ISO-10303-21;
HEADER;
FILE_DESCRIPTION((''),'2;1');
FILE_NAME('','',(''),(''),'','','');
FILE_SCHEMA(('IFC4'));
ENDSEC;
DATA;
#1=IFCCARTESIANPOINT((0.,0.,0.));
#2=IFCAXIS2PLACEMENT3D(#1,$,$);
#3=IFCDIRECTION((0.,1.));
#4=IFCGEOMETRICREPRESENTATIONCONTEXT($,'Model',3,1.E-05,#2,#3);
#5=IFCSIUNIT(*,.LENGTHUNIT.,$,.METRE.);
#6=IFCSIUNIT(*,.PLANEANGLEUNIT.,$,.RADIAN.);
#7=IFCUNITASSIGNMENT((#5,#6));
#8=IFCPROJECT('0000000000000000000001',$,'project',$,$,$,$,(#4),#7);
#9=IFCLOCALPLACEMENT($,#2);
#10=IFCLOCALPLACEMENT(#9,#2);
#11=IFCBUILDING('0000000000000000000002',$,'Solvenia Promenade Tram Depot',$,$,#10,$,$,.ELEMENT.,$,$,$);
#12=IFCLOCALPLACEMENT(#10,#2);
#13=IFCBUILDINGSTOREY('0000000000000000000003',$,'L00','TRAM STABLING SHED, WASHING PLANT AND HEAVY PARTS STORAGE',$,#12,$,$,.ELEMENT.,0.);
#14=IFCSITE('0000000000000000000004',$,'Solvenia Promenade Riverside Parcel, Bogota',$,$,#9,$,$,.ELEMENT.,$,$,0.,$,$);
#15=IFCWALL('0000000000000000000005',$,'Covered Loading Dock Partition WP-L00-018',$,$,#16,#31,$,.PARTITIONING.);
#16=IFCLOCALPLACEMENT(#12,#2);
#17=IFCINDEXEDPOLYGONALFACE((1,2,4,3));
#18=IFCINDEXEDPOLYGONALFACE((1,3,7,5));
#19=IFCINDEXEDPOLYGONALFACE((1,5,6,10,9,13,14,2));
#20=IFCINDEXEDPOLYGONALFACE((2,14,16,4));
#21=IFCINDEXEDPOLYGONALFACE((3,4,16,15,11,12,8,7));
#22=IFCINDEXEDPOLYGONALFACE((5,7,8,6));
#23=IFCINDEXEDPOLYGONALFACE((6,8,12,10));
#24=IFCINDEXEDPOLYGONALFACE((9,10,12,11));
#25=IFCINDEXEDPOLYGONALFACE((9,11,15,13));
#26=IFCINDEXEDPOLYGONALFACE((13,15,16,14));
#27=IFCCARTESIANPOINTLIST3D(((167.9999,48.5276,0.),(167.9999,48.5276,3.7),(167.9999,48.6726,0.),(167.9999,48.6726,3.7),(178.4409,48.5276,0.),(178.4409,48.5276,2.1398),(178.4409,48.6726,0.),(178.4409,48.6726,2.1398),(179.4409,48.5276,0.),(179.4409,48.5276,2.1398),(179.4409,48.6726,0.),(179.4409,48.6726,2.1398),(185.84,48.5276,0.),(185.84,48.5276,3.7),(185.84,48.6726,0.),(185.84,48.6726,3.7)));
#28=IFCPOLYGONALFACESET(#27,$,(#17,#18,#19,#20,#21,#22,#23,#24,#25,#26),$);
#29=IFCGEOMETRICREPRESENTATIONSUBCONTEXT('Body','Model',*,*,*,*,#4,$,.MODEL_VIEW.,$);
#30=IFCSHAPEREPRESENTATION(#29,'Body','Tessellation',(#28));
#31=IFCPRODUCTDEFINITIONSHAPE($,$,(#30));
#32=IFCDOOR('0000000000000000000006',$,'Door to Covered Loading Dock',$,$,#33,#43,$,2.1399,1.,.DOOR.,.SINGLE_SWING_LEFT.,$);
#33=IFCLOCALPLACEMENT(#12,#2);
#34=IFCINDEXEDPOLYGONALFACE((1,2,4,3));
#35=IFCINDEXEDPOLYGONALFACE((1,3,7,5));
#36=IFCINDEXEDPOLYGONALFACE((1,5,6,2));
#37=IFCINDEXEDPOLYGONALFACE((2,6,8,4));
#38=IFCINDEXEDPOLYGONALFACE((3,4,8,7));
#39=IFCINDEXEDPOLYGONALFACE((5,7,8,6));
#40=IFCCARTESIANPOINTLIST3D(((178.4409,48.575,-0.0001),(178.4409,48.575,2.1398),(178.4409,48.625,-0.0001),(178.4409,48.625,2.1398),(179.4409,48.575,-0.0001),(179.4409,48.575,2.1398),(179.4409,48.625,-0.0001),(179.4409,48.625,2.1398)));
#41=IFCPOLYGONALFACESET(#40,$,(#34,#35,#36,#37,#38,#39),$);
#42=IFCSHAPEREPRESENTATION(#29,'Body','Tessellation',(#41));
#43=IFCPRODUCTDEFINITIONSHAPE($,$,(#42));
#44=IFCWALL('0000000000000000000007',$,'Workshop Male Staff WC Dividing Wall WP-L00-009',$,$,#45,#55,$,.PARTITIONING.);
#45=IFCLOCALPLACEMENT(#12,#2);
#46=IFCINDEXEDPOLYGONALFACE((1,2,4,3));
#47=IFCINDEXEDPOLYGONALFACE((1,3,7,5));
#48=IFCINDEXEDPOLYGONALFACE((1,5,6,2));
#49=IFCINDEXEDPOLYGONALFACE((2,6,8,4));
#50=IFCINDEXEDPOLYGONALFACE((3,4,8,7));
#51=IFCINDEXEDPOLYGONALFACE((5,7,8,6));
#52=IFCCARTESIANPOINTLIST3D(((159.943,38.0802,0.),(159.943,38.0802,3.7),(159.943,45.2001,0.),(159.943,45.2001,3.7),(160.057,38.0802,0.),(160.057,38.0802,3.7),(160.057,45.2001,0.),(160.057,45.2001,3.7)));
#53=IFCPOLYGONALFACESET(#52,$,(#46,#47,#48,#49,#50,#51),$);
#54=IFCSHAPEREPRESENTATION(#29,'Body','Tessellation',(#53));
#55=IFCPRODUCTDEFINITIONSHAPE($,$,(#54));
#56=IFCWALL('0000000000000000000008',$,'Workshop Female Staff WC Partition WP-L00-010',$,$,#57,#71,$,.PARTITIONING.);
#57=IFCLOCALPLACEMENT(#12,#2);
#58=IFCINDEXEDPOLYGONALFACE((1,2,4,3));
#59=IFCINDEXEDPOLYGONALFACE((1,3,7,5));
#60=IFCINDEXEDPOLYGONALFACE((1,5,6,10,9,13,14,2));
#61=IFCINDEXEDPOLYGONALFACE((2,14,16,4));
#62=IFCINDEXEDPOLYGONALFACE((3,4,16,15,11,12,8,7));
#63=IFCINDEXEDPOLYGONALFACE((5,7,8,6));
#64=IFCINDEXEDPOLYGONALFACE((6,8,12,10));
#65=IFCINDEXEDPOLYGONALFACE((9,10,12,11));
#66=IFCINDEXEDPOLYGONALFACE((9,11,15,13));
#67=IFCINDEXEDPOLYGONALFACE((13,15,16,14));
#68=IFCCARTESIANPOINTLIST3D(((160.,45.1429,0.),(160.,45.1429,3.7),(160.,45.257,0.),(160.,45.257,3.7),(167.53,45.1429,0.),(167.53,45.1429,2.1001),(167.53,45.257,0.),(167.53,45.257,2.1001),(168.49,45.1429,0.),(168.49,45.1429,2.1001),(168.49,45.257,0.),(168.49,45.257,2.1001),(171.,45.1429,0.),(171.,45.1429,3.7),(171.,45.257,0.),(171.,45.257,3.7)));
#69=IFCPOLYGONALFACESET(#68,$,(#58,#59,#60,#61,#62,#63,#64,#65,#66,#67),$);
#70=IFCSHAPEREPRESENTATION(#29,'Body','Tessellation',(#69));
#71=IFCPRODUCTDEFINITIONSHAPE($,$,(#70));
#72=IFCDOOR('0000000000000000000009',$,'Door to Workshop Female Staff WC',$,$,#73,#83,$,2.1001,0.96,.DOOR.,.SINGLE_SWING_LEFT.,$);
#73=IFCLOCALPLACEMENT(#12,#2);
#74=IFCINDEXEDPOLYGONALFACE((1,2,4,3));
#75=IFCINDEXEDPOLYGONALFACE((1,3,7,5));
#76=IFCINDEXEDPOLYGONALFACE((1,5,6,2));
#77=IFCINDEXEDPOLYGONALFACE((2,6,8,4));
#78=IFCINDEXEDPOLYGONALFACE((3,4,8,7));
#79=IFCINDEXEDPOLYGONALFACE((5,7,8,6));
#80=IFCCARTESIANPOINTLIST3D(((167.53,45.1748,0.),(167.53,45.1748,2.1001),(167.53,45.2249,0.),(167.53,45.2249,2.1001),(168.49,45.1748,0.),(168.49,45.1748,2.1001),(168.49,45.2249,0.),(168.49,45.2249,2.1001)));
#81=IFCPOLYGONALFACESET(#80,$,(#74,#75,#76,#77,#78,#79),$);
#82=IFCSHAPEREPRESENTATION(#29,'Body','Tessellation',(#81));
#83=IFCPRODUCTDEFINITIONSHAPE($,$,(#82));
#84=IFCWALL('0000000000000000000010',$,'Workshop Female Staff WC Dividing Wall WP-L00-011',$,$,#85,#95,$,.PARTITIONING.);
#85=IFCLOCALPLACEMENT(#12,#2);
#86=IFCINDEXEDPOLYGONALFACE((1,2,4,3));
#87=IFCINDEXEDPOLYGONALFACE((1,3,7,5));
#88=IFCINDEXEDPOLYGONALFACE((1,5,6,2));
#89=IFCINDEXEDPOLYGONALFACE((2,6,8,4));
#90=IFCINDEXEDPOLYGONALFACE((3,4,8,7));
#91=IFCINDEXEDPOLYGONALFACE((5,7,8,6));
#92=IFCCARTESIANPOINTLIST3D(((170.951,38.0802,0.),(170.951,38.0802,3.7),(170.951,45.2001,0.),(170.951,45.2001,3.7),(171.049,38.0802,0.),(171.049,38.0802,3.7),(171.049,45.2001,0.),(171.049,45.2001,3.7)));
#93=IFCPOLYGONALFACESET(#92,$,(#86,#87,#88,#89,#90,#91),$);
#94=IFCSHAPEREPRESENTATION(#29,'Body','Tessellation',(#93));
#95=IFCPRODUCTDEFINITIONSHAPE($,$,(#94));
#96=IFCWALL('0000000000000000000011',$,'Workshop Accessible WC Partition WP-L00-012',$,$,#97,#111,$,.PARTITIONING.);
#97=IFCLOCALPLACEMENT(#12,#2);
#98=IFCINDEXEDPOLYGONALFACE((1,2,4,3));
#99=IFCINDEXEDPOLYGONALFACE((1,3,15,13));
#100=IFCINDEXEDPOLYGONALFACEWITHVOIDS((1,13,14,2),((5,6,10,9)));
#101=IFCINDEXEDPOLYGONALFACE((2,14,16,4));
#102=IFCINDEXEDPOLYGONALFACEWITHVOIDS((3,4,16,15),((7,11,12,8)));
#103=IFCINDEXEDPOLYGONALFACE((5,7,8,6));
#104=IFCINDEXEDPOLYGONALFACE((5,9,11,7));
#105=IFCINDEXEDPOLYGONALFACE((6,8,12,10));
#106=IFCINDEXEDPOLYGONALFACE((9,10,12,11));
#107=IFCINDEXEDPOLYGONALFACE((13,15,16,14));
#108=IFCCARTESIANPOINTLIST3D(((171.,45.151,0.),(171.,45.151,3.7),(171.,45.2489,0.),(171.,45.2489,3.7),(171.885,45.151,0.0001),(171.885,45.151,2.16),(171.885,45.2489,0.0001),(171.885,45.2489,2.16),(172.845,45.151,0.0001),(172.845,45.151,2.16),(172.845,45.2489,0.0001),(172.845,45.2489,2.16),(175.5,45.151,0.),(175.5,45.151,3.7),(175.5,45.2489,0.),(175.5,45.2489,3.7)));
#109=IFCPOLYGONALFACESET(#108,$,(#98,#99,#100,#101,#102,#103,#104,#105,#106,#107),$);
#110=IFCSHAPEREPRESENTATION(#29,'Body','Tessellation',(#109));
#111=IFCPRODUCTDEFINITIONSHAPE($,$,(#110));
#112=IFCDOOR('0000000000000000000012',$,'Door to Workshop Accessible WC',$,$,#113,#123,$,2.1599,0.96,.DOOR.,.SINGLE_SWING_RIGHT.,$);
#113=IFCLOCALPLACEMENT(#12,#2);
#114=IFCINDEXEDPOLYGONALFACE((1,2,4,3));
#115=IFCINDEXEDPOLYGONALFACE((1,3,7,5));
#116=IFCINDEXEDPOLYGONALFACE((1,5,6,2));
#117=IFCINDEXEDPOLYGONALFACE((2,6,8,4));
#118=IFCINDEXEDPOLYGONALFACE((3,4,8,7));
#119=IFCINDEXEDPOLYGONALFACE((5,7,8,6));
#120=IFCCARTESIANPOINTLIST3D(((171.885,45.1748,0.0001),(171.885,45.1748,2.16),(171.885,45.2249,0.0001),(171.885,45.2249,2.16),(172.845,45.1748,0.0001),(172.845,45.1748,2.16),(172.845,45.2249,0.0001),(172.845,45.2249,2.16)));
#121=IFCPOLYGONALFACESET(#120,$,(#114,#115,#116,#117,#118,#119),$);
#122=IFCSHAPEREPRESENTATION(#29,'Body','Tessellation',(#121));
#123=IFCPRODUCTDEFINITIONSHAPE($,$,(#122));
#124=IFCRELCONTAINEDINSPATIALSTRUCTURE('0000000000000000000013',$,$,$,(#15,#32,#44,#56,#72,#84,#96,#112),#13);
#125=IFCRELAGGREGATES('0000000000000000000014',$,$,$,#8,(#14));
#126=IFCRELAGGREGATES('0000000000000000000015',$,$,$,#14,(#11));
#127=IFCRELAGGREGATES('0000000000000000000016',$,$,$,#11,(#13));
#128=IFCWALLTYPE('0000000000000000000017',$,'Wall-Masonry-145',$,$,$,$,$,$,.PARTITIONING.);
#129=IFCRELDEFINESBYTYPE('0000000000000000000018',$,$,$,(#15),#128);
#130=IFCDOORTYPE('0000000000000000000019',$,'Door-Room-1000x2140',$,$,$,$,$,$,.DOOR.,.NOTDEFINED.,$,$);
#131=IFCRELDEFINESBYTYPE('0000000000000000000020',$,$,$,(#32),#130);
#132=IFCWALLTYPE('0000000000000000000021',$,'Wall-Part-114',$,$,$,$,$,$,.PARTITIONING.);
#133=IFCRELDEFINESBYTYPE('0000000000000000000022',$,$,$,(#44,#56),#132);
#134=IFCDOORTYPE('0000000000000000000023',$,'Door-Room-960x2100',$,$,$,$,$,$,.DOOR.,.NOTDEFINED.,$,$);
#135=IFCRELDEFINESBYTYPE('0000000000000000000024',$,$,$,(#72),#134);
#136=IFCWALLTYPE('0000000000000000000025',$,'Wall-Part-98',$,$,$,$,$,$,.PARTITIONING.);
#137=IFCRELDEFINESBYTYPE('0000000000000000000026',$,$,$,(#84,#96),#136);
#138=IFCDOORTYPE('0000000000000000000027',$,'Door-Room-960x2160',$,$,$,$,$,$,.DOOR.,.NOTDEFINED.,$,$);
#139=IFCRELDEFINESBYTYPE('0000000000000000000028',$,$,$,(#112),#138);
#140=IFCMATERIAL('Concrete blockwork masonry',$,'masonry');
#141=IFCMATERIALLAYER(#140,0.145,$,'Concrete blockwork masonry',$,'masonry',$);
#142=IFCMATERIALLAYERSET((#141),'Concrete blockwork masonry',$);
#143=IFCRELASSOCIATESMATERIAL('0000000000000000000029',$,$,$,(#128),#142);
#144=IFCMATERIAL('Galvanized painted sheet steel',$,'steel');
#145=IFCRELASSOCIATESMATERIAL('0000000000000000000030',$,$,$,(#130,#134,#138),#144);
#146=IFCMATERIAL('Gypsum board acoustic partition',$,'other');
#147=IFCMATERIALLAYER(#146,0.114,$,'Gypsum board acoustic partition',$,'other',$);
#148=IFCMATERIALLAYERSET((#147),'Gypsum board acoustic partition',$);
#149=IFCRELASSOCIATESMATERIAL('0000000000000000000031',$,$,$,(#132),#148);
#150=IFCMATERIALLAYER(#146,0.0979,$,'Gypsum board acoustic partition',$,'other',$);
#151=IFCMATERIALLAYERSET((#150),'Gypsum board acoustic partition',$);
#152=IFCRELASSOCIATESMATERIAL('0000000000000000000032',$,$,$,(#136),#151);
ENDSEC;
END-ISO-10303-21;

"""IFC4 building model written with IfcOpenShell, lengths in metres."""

from ifc_helpers import new_model, si_unit, direction, frame, frame_2d, origin, place, context, subcontext, project, spatial, rectangle, extrude, material, layer, layer_set, type_object, element, fill, save


model = new_model("IFC4")

# Units and contexts
model_context = context("Model", 3, precision=1e-05, world=origin(), true_north=direction((0.0, 1.0)))
body_context = subcontext(model_context, "Body", "Model", "MODEL_VIEW")
ifc_project = project(units=[si_unit("LENGTHUNIT", "METRE"), si_unit("PLANEANGLEUNIT", "RADIAN")], contexts=[model_context])

# Site, building, storey
site_placement = place(None, origin())
site = spatial("IfcSite", under=ifc_project, at=site_placement, Name="Solvenia Promenade Riverside Parcel, Bogota", CompositionType="ELEMENT", RefElevation=0.0)
building_placement = place(site_placement, origin())
building = spatial("IfcBuilding", under=site, at=building_placement, Name="Solvenia Promenade Tram Depot", CompositionType="ELEMENT")
storey_placement = place(building_placement, origin())
storey = spatial("IfcBuildingStorey", under=building, at=storey_placement, Name="L00", Description="TRAM STABLING SHED, WASHING PLANT AND HEAVY PARTS STORAGE", CompositionType="ELEMENT", Elevation=0.0)

# Shared definitions
ifc_material_1 = material(Name="Concrete blockwork masonry", Category="masonry")

# Wall, opening, door
ifc_layer_1 = layer(ifc_material_1, 0.145, Name="Concrete blockwork masonry", Category="masonry")
ifc_layer_set_1 = layer_set([ifc_layer_1], Name="Concrete blockwork masonry")
wall_type_1 = type_object("IfcWallType", Name="Wall-Masonry-145", PredefinedType="PARTITIONING", material=ifc_layer_set_1)
wall_1_placement = place(storey_placement, frame((168.0, 48.6001, 0.0), z_axis=(0.0, 0.0, 1.0), x_axis=(1.0, 0.0, 0.0)))
wall_1 = element("IfcWall", 1, at=wall_1_placement, inside=storey, type_object=wall_type_1, Name="Covered Loading Dock Partition WP-L00-018", PredefinedType="PARTITIONING", context=body_context, shape_type="SweptSolid", body=[
    extrude(rectangle(XDim=17.8401, YDim=0.145, at=frame_2d((8.9199, 0.0))), origin(), (0.0, 0.0, 1.0), 3.7),
])
opening_1_placement = place(wall_1_placement, frame((10.4409, 0.0, 0.0)))
opening_1 = element("IfcOpeningElement", 2, at=opening_1_placement, cuts=wall_1, PredefinedType="OPENING", context=body_context, shape_type="SweptSolid", body=[
    extrude(rectangle(XDim=1.0, YDim=2.1399, at=frame_2d((0.5, 1.0698))), frame((0.0, 0.0825, 0.0), z_axis=(0.0, -1.0, 0.0), x_axis=(1.0, 0.0, 0.0)), (0.0, 0.0, 1.0), 0.165),
])
ifc_material_2 = material(Name="Galvanized painted sheet steel", Category="steel")
door_type_1 = type_object("IfcDoorType", Name="Door-Room-1000x2140", OperationType="NOTDEFINED", PredefinedType="DOOR", material=ifc_material_2)
door_1_placement = place(opening_1_placement, origin())
door_1 = element("IfcDoor", 3, at=door_1_placement, inside=storey, type_object=door_type_1, Name="Door to Covered Loading Dock", OperationType="SINGLE_SWING_LEFT", OverallHeight=2.1399, OverallWidth=1.0, PredefinedType="DOOR", context=body_context, shape_type="SweptSolid", body=[
    extrude(rectangle(XDim=1.0, YDim=2.1399, at=frame_2d((0.5, 1.0698))), frame((0.0, 0.0249, 0.0), z_axis=(0.0, -1.0, 0.0), x_axis=(1.0, 0.0, 0.0)), (0.0, 0.0, 1.0), 0.05),
])
fill(opening_1, door_1)

# Wall
ifc_material_3 = material(Name="Gypsum board acoustic partition", Category="other")
ifc_layer_2 = layer(ifc_material_3, 0.114, Name="Gypsum board acoustic partition", Category="other")
ifc_layer_set_2 = layer_set([ifc_layer_2], Name="Gypsum board acoustic partition")
wall_type_2 = type_object("IfcWallType", Name="Wall-Part-114", PredefinedType="PARTITIONING", material=ifc_layer_set_2)
wall_2_placement = place(storey_placement, frame((160.0, 38.0801, 0.0), z_axis=(0.0, 0.0, 1.0), x_axis=(0.0, 1.0, 0.0)))
element("IfcWall", 4, at=wall_2_placement, inside=storey, type_object=wall_type_2, Name="Workshop Male Staff WC Dividing Wall WP-L00-009", PredefinedType="PARTITIONING", context=body_context, shape_type="SweptSolid", body=[
    extrude(rectangle(XDim=7.1199, YDim=0.114, at=frame_2d((3.5601, 0.0))), origin(), (0.0, 0.0, 1.0), 3.7),
])

# Wall, opening, door
wall_3_placement = place(storey_placement, frame((160.0, 45.2, 0.0), z_axis=(0.0, 0.0, 1.0), x_axis=(1.0, 0.0, 0.0)))
wall_3 = element("IfcWall", 5, at=wall_3_placement, inside=storey, type_object=wall_type_2, Name="Workshop Female Staff WC Partition WP-L00-010", PredefinedType="PARTITIONING", context=body_context, shape_type="SweptSolid", body=[
    extrude(rectangle(XDim=11.0, YDim=0.114, at=frame_2d((5.5, 0.0))), origin(), (0.0, 0.0, 1.0), 3.7),
])
opening_2_placement = place(wall_3_placement, frame((7.53, 0.0, 0.0)))
opening_2 = element("IfcOpeningElement", 6, at=opening_2_placement, cuts=wall_3, PredefinedType="OPENING", context=body_context, shape_type="SweptSolid", body=[
    extrude(rectangle(XDim=0.96, YDim=2.1001, at=frame_2d((0.48, 1.05))), frame((0.0, 0.0669, 0.0), z_axis=(0.0, -1.0, 0.0), x_axis=(1.0, 0.0, 0.0)), (0.0, 0.0, 1.0), 0.134),
])
door_type_2 = type_object("IfcDoorType", Name="Door-Room-960x2100", OperationType="NOTDEFINED", PredefinedType="DOOR", material=ifc_material_2)
door_2_placement = place(opening_2_placement, origin())
door_2 = element("IfcDoor", 7, at=door_2_placement, inside=storey, type_object=door_type_2, Name="Door to Workshop Female Staff WC", OperationType="SINGLE_SWING_LEFT", OverallHeight=2.1001, OverallWidth=0.96, PredefinedType="DOOR", context=body_context, shape_type="SweptSolid", body=[
    extrude(rectangle(XDim=0.96, YDim=2.1001, at=frame_2d((0.48, 1.05))), frame((0.0, 0.0249, 0.0), z_axis=(0.0, -1.0, 0.0), x_axis=(1.0, 0.0, 0.0)), (0.0, 0.0, 1.0), 0.05),
])
fill(opening_2, door_2)

# Wall
ifc_layer_3 = layer(ifc_material_3, 0.0979, Name="Gypsum board acoustic partition", Category="other")
ifc_layer_set_3 = layer_set([ifc_layer_3], Name="Gypsum board acoustic partition")
wall_type_3 = type_object("IfcWallType", Name="Wall-Part-98", PredefinedType="PARTITIONING", material=ifc_layer_set_3)
wall_4_placement = place(storey_placement, frame((171.0, 38.0801, 0.0), z_axis=(0.0, 0.0, 1.0), x_axis=(0.0, 1.0, 0.0)))
element("IfcWall", 8, at=wall_4_placement, inside=storey, type_object=wall_type_3, Name="Workshop Female Staff WC Dividing Wall WP-L00-011", PredefinedType="PARTITIONING", context=body_context, shape_type="SweptSolid", body=[
    extrude(rectangle(XDim=7.1199, YDim=0.0979, at=frame_2d((3.5601, 0.0))), origin(), (0.0, 0.0, 1.0), 3.7),
])

# Wall, opening, door
wall_5_placement = place(storey_placement, frame((171.0, 45.2, 0.0), z_axis=(0.0, 0.0, 1.0), x_axis=(1.0, 0.0, 0.0)))
wall_5 = element("IfcWall", 9, at=wall_5_placement, inside=storey, type_object=wall_type_3, Name="Workshop Accessible WC Partition WP-L00-012", PredefinedType="PARTITIONING", context=body_context, shape_type="SweptSolid", body=[
    extrude(rectangle(XDim=4.5, YDim=0.0979, at=frame_2d((2.25, 0.0))), origin(), (0.0, 0.0, 1.0), 3.7),
])
opening_3_placement = place(wall_5_placement, frame((0.885, 0.0, 0.0)))
opening_3 = element("IfcOpeningElement", 10, at=opening_3_placement, cuts=wall_5, PredefinedType="OPENING", context=body_context, shape_type="SweptSolid", body=[
    extrude(rectangle(XDim=0.96, YDim=2.1599, at=frame_2d((0.48, 1.0801))), frame((0.0, 0.0588, 0.0), z_axis=(0.0, -1.0, 0.0), x_axis=(1.0, 0.0, 0.0)), (0.0, 0.0, 1.0), 0.1179),
])
door_type_3 = type_object("IfcDoorType", Name="Door-Room-960x2160", OperationType="NOTDEFINED", PredefinedType="DOOR", material=ifc_material_2)
door_3_placement = place(opening_3_placement, origin())
door_3 = element("IfcDoor", 11, at=door_3_placement, inside=storey, type_object=door_type_3, Name="Door to Workshop Accessible WC", OperationType="SINGLE_SWING_RIGHT", OverallHeight=2.1599, OverallWidth=0.96, PredefinedType="DOOR", context=body_context, shape_type="SweptSolid", body=[
    extrude(rectangle(XDim=0.96, YDim=2.1599, at=frame_2d((0.48, 1.0801))), frame((0.0, 0.0249, 0.0), z_axis=(0.0, -1.0, 0.0), x_axis=(1.0, 0.0, 0.0)), (0.0, 0.0, 1.0), 0.05),
])
fill(opening_3, door_3)

save(model, "model.ifc")
